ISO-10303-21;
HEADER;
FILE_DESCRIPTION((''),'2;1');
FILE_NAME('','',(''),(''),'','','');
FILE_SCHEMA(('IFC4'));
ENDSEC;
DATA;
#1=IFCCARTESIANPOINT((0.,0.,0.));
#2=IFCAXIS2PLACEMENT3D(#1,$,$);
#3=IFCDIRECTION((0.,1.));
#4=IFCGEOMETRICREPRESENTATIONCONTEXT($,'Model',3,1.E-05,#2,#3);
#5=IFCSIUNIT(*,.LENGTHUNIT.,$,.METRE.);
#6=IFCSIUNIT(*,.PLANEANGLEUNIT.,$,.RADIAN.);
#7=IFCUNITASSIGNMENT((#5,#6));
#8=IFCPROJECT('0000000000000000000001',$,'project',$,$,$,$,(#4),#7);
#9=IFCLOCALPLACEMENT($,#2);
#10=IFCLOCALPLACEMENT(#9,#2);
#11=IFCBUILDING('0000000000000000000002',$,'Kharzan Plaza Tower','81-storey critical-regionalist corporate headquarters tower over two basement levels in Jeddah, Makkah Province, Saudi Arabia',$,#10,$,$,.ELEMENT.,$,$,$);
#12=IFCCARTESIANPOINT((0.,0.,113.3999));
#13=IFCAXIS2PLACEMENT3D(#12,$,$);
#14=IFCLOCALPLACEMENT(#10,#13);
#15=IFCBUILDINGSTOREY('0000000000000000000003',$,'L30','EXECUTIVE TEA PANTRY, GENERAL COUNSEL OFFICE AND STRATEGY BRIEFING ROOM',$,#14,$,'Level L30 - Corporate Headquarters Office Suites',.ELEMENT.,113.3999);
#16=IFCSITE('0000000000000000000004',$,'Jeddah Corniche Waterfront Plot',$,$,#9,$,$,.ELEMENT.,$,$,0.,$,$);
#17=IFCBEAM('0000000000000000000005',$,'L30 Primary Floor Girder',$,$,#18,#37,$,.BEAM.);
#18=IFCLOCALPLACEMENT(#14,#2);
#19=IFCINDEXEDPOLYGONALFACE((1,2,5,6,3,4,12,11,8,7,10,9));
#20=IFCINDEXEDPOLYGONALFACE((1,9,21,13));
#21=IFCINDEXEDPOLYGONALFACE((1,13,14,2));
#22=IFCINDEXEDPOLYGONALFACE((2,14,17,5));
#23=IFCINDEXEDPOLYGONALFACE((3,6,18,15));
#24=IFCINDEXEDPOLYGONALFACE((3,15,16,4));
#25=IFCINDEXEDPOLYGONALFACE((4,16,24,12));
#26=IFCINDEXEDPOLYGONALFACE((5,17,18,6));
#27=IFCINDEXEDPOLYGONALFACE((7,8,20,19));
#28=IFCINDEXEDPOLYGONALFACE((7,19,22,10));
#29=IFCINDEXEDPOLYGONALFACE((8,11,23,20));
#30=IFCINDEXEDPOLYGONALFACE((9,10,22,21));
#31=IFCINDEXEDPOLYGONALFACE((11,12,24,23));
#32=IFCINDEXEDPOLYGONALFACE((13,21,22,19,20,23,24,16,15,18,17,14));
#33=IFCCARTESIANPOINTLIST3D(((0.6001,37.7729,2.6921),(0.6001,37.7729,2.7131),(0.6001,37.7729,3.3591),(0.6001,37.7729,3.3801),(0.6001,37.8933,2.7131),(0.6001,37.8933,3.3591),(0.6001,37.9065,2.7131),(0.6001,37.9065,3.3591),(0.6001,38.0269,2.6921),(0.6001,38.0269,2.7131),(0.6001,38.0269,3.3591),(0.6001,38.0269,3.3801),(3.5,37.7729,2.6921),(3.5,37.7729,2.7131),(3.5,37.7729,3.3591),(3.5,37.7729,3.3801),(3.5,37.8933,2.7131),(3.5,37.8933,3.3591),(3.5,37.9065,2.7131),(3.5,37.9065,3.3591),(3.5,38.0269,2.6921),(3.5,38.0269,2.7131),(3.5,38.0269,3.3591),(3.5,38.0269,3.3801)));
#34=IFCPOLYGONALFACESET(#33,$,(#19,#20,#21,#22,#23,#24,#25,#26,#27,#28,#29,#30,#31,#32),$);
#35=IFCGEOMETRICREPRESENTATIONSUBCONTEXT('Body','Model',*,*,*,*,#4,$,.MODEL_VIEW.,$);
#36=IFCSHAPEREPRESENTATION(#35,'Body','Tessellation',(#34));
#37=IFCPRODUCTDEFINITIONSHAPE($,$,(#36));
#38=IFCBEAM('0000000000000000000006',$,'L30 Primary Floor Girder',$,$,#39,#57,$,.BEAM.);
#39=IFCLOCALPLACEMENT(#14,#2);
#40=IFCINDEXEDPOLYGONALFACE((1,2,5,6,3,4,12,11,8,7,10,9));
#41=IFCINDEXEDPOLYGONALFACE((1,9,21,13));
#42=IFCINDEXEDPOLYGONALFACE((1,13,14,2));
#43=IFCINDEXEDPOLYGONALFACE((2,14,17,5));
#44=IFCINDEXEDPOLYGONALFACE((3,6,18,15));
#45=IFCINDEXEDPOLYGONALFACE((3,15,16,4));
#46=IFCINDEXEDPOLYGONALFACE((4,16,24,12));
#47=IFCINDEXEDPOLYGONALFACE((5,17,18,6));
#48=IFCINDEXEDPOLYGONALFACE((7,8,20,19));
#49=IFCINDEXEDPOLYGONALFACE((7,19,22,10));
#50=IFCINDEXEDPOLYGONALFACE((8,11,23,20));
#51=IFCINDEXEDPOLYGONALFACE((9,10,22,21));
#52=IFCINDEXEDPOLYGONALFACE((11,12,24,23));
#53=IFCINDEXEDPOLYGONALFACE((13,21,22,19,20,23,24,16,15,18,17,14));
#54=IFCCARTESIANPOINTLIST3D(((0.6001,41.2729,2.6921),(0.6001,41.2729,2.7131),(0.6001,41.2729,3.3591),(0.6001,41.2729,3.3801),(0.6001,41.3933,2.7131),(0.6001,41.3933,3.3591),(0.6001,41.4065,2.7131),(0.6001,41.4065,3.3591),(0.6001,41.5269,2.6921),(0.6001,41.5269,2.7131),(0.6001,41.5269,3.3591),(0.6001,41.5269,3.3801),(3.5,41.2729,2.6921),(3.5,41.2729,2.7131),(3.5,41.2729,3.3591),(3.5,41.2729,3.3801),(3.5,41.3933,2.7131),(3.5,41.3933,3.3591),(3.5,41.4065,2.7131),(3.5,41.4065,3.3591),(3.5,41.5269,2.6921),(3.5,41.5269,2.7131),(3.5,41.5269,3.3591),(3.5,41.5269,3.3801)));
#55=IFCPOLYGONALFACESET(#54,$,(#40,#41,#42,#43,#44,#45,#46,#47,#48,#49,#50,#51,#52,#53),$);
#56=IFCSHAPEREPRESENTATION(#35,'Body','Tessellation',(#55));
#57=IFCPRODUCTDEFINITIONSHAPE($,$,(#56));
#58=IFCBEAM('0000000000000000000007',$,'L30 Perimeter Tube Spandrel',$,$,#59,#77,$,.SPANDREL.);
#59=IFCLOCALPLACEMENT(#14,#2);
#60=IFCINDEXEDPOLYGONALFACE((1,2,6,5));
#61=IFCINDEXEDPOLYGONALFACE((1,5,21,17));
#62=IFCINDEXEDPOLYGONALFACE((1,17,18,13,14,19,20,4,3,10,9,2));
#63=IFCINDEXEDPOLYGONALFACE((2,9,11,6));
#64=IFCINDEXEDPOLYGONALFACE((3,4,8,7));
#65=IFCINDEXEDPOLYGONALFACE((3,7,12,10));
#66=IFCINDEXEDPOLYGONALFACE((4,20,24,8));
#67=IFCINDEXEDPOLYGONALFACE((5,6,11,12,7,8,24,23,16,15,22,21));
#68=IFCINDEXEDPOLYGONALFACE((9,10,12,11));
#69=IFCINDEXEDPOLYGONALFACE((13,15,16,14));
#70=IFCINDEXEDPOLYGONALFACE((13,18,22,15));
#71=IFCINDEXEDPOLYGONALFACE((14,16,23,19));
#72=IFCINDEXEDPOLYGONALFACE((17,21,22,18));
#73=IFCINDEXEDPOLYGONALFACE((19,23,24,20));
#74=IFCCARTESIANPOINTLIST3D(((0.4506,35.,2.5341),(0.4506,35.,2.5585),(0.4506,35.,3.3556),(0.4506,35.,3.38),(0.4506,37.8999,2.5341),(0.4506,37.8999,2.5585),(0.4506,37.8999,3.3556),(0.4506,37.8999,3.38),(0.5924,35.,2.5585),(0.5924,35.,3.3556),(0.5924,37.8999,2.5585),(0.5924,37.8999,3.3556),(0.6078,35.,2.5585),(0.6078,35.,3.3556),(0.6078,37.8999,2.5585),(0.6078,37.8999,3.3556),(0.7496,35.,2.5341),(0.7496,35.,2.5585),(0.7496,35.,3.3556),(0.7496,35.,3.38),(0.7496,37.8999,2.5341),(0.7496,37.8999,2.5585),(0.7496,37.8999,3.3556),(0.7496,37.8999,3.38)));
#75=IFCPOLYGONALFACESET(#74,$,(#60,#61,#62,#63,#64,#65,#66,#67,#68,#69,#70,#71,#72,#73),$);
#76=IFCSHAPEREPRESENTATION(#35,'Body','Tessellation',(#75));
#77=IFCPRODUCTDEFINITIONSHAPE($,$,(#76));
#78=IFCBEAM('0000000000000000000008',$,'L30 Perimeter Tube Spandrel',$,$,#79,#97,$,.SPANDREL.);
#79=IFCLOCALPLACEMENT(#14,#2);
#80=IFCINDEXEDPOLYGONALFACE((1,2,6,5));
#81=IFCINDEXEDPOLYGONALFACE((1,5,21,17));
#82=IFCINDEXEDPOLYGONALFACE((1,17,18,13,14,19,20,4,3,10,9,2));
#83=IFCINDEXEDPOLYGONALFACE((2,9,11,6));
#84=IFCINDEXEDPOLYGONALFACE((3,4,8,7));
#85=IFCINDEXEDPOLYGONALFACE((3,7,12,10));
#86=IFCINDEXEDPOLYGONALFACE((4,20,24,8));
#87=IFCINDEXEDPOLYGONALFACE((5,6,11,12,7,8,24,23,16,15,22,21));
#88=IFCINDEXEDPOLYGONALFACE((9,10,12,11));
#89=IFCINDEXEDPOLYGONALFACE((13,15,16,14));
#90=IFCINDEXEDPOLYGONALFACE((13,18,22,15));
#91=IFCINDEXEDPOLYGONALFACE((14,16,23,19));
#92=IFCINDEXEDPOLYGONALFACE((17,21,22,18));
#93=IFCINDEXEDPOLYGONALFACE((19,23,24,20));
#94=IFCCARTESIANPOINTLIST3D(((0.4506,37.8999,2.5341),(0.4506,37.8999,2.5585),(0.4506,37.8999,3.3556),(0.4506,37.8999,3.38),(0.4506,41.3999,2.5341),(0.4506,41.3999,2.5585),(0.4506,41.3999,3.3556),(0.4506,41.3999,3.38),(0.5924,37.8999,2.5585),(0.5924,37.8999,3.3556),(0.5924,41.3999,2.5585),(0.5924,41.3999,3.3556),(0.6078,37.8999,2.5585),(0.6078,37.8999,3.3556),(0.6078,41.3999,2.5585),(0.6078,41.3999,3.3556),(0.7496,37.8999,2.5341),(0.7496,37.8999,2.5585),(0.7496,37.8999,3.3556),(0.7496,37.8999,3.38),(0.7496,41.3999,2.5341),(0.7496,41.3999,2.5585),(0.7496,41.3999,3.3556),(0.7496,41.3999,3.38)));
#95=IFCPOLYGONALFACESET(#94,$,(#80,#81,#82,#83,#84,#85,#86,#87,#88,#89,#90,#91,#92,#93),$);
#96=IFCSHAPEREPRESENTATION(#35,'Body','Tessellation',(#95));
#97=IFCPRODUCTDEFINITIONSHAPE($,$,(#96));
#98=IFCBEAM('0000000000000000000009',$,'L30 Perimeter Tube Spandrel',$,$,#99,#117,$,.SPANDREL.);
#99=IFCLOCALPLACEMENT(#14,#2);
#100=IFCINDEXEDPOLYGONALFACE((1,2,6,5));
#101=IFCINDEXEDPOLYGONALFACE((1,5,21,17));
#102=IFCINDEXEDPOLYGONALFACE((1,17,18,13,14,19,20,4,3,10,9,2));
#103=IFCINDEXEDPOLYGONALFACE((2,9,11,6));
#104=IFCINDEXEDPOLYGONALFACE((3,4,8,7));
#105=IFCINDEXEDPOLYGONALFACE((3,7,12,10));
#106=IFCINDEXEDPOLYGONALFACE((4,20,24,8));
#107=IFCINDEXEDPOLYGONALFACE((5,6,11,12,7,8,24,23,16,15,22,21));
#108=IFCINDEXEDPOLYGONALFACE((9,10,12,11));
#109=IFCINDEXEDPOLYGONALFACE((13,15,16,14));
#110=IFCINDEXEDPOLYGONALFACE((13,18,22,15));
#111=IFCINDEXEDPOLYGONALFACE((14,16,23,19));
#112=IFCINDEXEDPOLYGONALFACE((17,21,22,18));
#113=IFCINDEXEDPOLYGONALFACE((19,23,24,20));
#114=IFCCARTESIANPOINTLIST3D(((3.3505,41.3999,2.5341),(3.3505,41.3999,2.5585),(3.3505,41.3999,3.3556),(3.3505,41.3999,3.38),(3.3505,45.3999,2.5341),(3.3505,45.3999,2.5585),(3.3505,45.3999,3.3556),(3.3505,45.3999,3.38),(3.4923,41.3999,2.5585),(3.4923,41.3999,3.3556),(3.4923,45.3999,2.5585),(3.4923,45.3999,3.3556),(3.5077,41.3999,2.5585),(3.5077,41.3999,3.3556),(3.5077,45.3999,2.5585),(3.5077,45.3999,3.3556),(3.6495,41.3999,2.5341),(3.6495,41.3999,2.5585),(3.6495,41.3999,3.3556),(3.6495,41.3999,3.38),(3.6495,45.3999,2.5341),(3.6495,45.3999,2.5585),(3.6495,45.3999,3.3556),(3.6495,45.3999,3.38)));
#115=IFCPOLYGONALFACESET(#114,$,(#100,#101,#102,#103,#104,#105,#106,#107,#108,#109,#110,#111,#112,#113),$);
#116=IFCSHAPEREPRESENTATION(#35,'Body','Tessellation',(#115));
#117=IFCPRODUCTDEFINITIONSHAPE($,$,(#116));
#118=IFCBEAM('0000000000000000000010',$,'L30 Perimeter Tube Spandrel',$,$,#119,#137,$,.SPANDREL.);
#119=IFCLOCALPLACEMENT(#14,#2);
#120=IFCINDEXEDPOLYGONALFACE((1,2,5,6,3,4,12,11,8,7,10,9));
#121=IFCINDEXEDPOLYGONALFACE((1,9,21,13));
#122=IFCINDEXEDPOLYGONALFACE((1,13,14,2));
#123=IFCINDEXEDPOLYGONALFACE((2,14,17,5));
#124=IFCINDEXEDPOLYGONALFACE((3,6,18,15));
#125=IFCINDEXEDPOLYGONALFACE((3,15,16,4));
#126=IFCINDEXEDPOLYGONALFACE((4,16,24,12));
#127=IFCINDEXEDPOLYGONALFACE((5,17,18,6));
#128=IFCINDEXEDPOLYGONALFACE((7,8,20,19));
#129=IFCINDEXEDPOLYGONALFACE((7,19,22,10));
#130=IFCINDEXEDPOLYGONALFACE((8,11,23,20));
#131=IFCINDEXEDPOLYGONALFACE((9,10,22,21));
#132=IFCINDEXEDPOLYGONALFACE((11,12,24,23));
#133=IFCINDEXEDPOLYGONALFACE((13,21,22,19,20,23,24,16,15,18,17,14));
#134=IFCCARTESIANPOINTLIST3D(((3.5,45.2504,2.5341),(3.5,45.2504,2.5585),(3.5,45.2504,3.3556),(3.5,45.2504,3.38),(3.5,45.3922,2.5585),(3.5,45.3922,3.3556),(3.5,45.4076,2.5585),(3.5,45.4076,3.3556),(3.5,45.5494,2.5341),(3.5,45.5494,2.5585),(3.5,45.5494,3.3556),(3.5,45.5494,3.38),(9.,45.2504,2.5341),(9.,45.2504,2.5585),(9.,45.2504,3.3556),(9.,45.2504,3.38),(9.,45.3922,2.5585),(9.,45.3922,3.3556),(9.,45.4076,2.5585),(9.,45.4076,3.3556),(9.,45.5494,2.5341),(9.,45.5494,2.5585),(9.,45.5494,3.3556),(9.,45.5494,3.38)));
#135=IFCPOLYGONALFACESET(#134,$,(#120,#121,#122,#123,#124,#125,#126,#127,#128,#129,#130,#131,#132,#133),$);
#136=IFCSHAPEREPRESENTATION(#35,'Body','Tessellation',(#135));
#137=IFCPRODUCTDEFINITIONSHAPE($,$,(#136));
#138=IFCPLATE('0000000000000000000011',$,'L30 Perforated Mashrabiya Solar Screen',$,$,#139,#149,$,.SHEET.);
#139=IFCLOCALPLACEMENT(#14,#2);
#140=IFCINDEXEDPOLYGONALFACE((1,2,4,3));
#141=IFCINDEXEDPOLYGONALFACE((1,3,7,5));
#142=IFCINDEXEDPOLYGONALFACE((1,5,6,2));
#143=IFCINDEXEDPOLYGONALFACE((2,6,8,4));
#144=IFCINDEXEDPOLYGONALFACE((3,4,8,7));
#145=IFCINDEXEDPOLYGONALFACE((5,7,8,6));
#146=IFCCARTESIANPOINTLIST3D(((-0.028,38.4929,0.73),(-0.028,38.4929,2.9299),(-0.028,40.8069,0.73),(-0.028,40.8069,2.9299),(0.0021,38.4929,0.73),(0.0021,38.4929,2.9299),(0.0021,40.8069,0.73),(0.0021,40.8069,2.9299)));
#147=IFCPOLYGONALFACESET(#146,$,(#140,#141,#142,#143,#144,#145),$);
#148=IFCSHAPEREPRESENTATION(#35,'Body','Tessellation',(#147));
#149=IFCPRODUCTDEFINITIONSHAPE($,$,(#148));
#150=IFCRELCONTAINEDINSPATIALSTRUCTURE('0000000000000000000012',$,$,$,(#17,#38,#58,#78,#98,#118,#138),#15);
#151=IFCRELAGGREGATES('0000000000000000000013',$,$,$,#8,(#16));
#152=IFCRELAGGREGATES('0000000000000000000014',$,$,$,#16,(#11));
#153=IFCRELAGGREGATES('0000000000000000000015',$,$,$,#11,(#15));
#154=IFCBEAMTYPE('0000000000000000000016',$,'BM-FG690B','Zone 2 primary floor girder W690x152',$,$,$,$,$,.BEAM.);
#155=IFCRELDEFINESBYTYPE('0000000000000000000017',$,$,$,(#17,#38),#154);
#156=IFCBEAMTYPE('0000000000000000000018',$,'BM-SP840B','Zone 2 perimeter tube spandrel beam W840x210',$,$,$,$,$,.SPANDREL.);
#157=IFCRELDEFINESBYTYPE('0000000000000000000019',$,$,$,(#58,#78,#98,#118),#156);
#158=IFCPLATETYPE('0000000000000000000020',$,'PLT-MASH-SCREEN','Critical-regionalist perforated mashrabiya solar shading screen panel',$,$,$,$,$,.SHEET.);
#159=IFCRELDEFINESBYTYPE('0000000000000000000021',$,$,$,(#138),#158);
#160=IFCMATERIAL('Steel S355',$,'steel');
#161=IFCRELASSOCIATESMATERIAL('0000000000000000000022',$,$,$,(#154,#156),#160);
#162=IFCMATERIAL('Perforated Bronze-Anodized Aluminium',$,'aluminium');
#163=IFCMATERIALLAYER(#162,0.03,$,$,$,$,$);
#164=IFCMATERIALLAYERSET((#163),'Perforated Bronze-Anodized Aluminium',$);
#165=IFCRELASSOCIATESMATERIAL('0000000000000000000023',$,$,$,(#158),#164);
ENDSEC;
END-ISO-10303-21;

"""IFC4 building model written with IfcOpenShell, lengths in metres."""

from ifc_helpers import new_model, si_unit, direction, frame, origin, origin_2d, place, context, subcontext, project, spatial, rectangle, i_section, extrude, source, transform, mapped, material, layer, layer_set, material_profile, profile_set, type_object, element, save


model = new_model("IFC4")

# Units and contexts
model_context = context("Model", 3, precision=1e-05, world=origin(), true_north=direction((0.0, 1.0)))
body_context = subcontext(model_context, "Body", "Model", "MODEL_VIEW")
ifc_project = project(units=[si_unit("LENGTHUNIT", "METRE"), si_unit("PLANEANGLEUNIT", "RADIAN")], contexts=[model_context])

# Site, building, storey
site_placement = place(None, origin())
site = spatial("IfcSite", under=ifc_project, at=site_placement, Name="Jeddah Corniche Waterfront Plot", CompositionType="ELEMENT", RefElevation=0.0)
building_placement = place(site_placement, origin())
building = spatial("IfcBuilding", under=site, at=building_placement, Name="Kharzan Plaza Tower", Description="81-storey critical-regionalist corporate headquarters tower over two basement levels in Jeddah, Makkah Province, Saudi Arabia", CompositionType="ELEMENT")
storey_placement = place(building_placement, frame((0.0, 0.0, 113.3999)))
storey = spatial("IfcBuildingStorey", under=building, at=storey_placement, Name="L30", Description="EXECUTIVE TEA PANTRY, GENERAL COUNSEL OFFICE AND STRATEGY BRIEFING ROOM", LongName="Level L30 - Corporate Headquarters Office Suites", CompositionType="ELEMENT", Elevation=113.3999)

# Beams
ifc_material_1 = material(Name="Steel S355", Category="steel")
ifc_material_profile_1 = material_profile(ifc_material_1, i_section(OverallWidth=0.2539, OverallDepth=0.688, WebThickness=0.0132, FlangeThickness=0.021, at=origin_2d()), Name="W690x152")
ifc_profile_set_1 = profile_set([ifc_material_profile_1], Name="Steel S355")
beam_type_1 = type_object("IfcBeamType", Name="BM-FG690B", Description="Zone 2 primary floor girder W690x152", PredefinedType="BEAM", material=ifc_profile_set_1)
shared_shape_1 = source(origin(), body_context, "Body", "SweptSolid", [
    extrude(i_section(OverallWidth=0.2539, OverallDepth=0.688, WebThickness=0.0132, FlangeThickness=0.021, at=origin_2d()), origin(), (0.0, 0.0, 1.0), 2.8999),
])
for number, where, z_axis, x_axis, name in (
    (1, (0.6001, 37.8999, 3.0361), (1.0, 0.0, 0.0), (0.0, 1.0, 0.0), "L30 Primary Floor Girder"),
    (2, (0.6001, 41.3999, 3.0361), (1.0, 0.0, 0.0), (0.0, 1.0, 0.0), "L30 Primary Floor Girder"),
):
    element("IfcBeam", number, at=place(storey_placement, frame(where, z_axis=z_axis, x_axis=x_axis)), inside=storey, type_object=beam_type_1, Name=name, PredefinedType="BEAM", context=body_context, shape_type="MappedRepresentation", body=[
        mapped(shared_shape_1, transform((0.0, 0.0, 0.0), x_axis=(1.0, 0.0, 0.0), y_axis=(0.0, 1.0, 0.0), z_axis=(0.0, 0.0, 1.0))),
    ])
ifc_material_profile_2 = material_profile(ifc_material_1, i_section(OverallWidth=0.2991, OverallDepth=0.8459, WebThickness=0.0154, FlangeThickness=0.0244, at=origin_2d()), Name="W840x210")
ifc_profile_set_2 = profile_set([ifc_material_profile_2], Name="Steel S355")
beam_type_2 = type_object("IfcBeamType", Name="BM-SP840B", Description="Zone 2 perimeter tube spandrel beam W840x210", PredefinedType="SPANDREL", material=ifc_profile_set_2)
shared_shape_2 = source(origin(), body_context, "Body", "SweptSolid", [
    extrude(i_section(OverallWidth=0.2991, OverallDepth=0.8459, WebThickness=0.0154, FlangeThickness=0.0244, at=origin_2d()), origin(), (0.0, 0.0, 1.0), 2.8999),
])
beam_1_placement = place(storey_placement, frame((0.6001, 35.0, 2.957), z_axis=(0.0, 1.0, 0.0), x_axis=(-1.0, 0.0, 0.0)))
element("IfcBeam", 3, at=beam_1_placement, inside=storey, type_object=beam_type_2, Name="L30 Perimeter Tube Spandrel", PredefinedType="SPANDREL", context=body_context, shape_type="MappedRepresentation", body=[
    mapped(shared_shape_2, transform((0.0, 0.0, 0.0), x_axis=(1.0, 0.0, 0.0), y_axis=(0.0, 1.0, 0.0), z_axis=(0.0, 0.0, 1.0))),
])
shared_shape_3 = source(origin(), body_context, "Body", "SweptSolid", [
    extrude(i_section(OverallWidth=0.2991, OverallDepth=0.8459, WebThickness=0.0154, FlangeThickness=0.0244, at=origin_2d()), origin(), (0.0, 0.0, 1.0), 3.5),
])
beam_2_placement = place(storey_placement, frame((0.6001, 37.8999, 2.957), z_axis=(0.0, 1.0, 0.0), x_axis=(-1.0, 0.0, 0.0)))
element("IfcBeam", 4, at=beam_2_placement, inside=storey, type_object=beam_type_2, Name="L30 Perimeter Tube Spandrel", PredefinedType="SPANDREL", context=body_context, shape_type="MappedRepresentation", body=[
    mapped(shared_shape_3, transform((0.0, 0.0, 0.0), x_axis=(1.0, 0.0, 0.0), y_axis=(0.0, 1.0, 0.0), z_axis=(0.0, 0.0, 1.0))),
])
shared_shape_4 = source(origin(), body_context, "Body", "SweptSolid", [
    extrude(i_section(OverallWidth=0.2991, OverallDepth=0.8459, WebThickness=0.0154, FlangeThickness=0.0244, at=origin_2d()), origin(), (0.0, 0.0, 1.0), 4.0),
])
beam_3_placement = place(storey_placement, frame((3.5, 41.3999, 2.957), z_axis=(0.0, 1.0, 0.0), x_axis=(-1.0, 0.0, 0.0)))
element("IfcBeam", 5, at=beam_3_placement, inside=storey, type_object=beam_type_2, Name="L30 Perimeter Tube Spandrel", PredefinedType="SPANDREL", context=body_context, shape_type="MappedRepresentation", body=[
    mapped(shared_shape_4, transform((0.0, 0.0, 0.0), x_axis=(1.0, 0.0, 0.0), y_axis=(0.0, 1.0, 0.0), z_axis=(0.0, 0.0, 1.0))),
])
shared_shape_5 = source(origin(), body_context, "Body", "SweptSolid", [
    extrude(i_section(OverallWidth=0.2991, OverallDepth=0.8459, WebThickness=0.0154, FlangeThickness=0.0244, at=origin_2d()), origin(), (0.0, 0.0, 1.0), 5.5),
])
beam_4_placement = place(storey_placement, frame((3.5, 45.3999, 2.957), z_axis=(1.0, 0.0, 0.0), x_axis=(0.0, 1.0, 0.0)))
element("IfcBeam", 6, at=beam_4_placement, inside=storey, type_object=beam_type_2, Name="L30 Perimeter Tube Spandrel", PredefinedType="SPANDREL", context=body_context, shape_type="MappedRepresentation", body=[
    mapped(shared_shape_5, transform((0.0, 0.0, 0.0), x_axis=(1.0, 0.0, 0.0), y_axis=(0.0, 1.0, 0.0), z_axis=(0.0, 0.0, 1.0))),
])

# Plate
ifc_material_2 = material(Name="Perforated Bronze-Anodized Aluminium", Category="aluminium")
ifc_layer_1 = layer(ifc_material_2, 0.03)
ifc_layer_set_1 = layer_set([ifc_layer_1], Name="Perforated Bronze-Anodized Aluminium")
plate_type = type_object("IfcPlateType", Name="PLT-MASH-SCREEN", Description="Critical-regionalist perforated mashrabiya solar shading screen panel", PredefinedType="SHEET", material=ifc_layer_set_1)
shared_shape_6 = source(origin(), body_context, "Body", "SweptSolid", [
    extrude(rectangle(XDim=2.314, YDim=0.03, at=origin_2d()), origin(), (0.0, 0.0, 1.0), 2.2),
])
plate_placement = place(storey_placement, frame((-0.0129, 39.6499, 0.73), z_axis=(0.0, 0.0, 1.0), x_axis=(0.0, -1.0, 0.0)))
element("IfcPlate", 7, at=plate_placement, inside=storey, type_object=plate_type, Name="L30 Perforated Mashrabiya Solar Screen", PredefinedType="SHEET", context=body_context, shape_type="MappedRepresentation", body=[
    mapped(shared_shape_6, transform((0.0, 0.0, 0.0), x_axis=(1.0, 0.0, 0.0), y_axis=(0.0, 1.0, 0.0), z_axis=(0.0, 0.0, 1.0))),
])

save(model, "model.ifc")
